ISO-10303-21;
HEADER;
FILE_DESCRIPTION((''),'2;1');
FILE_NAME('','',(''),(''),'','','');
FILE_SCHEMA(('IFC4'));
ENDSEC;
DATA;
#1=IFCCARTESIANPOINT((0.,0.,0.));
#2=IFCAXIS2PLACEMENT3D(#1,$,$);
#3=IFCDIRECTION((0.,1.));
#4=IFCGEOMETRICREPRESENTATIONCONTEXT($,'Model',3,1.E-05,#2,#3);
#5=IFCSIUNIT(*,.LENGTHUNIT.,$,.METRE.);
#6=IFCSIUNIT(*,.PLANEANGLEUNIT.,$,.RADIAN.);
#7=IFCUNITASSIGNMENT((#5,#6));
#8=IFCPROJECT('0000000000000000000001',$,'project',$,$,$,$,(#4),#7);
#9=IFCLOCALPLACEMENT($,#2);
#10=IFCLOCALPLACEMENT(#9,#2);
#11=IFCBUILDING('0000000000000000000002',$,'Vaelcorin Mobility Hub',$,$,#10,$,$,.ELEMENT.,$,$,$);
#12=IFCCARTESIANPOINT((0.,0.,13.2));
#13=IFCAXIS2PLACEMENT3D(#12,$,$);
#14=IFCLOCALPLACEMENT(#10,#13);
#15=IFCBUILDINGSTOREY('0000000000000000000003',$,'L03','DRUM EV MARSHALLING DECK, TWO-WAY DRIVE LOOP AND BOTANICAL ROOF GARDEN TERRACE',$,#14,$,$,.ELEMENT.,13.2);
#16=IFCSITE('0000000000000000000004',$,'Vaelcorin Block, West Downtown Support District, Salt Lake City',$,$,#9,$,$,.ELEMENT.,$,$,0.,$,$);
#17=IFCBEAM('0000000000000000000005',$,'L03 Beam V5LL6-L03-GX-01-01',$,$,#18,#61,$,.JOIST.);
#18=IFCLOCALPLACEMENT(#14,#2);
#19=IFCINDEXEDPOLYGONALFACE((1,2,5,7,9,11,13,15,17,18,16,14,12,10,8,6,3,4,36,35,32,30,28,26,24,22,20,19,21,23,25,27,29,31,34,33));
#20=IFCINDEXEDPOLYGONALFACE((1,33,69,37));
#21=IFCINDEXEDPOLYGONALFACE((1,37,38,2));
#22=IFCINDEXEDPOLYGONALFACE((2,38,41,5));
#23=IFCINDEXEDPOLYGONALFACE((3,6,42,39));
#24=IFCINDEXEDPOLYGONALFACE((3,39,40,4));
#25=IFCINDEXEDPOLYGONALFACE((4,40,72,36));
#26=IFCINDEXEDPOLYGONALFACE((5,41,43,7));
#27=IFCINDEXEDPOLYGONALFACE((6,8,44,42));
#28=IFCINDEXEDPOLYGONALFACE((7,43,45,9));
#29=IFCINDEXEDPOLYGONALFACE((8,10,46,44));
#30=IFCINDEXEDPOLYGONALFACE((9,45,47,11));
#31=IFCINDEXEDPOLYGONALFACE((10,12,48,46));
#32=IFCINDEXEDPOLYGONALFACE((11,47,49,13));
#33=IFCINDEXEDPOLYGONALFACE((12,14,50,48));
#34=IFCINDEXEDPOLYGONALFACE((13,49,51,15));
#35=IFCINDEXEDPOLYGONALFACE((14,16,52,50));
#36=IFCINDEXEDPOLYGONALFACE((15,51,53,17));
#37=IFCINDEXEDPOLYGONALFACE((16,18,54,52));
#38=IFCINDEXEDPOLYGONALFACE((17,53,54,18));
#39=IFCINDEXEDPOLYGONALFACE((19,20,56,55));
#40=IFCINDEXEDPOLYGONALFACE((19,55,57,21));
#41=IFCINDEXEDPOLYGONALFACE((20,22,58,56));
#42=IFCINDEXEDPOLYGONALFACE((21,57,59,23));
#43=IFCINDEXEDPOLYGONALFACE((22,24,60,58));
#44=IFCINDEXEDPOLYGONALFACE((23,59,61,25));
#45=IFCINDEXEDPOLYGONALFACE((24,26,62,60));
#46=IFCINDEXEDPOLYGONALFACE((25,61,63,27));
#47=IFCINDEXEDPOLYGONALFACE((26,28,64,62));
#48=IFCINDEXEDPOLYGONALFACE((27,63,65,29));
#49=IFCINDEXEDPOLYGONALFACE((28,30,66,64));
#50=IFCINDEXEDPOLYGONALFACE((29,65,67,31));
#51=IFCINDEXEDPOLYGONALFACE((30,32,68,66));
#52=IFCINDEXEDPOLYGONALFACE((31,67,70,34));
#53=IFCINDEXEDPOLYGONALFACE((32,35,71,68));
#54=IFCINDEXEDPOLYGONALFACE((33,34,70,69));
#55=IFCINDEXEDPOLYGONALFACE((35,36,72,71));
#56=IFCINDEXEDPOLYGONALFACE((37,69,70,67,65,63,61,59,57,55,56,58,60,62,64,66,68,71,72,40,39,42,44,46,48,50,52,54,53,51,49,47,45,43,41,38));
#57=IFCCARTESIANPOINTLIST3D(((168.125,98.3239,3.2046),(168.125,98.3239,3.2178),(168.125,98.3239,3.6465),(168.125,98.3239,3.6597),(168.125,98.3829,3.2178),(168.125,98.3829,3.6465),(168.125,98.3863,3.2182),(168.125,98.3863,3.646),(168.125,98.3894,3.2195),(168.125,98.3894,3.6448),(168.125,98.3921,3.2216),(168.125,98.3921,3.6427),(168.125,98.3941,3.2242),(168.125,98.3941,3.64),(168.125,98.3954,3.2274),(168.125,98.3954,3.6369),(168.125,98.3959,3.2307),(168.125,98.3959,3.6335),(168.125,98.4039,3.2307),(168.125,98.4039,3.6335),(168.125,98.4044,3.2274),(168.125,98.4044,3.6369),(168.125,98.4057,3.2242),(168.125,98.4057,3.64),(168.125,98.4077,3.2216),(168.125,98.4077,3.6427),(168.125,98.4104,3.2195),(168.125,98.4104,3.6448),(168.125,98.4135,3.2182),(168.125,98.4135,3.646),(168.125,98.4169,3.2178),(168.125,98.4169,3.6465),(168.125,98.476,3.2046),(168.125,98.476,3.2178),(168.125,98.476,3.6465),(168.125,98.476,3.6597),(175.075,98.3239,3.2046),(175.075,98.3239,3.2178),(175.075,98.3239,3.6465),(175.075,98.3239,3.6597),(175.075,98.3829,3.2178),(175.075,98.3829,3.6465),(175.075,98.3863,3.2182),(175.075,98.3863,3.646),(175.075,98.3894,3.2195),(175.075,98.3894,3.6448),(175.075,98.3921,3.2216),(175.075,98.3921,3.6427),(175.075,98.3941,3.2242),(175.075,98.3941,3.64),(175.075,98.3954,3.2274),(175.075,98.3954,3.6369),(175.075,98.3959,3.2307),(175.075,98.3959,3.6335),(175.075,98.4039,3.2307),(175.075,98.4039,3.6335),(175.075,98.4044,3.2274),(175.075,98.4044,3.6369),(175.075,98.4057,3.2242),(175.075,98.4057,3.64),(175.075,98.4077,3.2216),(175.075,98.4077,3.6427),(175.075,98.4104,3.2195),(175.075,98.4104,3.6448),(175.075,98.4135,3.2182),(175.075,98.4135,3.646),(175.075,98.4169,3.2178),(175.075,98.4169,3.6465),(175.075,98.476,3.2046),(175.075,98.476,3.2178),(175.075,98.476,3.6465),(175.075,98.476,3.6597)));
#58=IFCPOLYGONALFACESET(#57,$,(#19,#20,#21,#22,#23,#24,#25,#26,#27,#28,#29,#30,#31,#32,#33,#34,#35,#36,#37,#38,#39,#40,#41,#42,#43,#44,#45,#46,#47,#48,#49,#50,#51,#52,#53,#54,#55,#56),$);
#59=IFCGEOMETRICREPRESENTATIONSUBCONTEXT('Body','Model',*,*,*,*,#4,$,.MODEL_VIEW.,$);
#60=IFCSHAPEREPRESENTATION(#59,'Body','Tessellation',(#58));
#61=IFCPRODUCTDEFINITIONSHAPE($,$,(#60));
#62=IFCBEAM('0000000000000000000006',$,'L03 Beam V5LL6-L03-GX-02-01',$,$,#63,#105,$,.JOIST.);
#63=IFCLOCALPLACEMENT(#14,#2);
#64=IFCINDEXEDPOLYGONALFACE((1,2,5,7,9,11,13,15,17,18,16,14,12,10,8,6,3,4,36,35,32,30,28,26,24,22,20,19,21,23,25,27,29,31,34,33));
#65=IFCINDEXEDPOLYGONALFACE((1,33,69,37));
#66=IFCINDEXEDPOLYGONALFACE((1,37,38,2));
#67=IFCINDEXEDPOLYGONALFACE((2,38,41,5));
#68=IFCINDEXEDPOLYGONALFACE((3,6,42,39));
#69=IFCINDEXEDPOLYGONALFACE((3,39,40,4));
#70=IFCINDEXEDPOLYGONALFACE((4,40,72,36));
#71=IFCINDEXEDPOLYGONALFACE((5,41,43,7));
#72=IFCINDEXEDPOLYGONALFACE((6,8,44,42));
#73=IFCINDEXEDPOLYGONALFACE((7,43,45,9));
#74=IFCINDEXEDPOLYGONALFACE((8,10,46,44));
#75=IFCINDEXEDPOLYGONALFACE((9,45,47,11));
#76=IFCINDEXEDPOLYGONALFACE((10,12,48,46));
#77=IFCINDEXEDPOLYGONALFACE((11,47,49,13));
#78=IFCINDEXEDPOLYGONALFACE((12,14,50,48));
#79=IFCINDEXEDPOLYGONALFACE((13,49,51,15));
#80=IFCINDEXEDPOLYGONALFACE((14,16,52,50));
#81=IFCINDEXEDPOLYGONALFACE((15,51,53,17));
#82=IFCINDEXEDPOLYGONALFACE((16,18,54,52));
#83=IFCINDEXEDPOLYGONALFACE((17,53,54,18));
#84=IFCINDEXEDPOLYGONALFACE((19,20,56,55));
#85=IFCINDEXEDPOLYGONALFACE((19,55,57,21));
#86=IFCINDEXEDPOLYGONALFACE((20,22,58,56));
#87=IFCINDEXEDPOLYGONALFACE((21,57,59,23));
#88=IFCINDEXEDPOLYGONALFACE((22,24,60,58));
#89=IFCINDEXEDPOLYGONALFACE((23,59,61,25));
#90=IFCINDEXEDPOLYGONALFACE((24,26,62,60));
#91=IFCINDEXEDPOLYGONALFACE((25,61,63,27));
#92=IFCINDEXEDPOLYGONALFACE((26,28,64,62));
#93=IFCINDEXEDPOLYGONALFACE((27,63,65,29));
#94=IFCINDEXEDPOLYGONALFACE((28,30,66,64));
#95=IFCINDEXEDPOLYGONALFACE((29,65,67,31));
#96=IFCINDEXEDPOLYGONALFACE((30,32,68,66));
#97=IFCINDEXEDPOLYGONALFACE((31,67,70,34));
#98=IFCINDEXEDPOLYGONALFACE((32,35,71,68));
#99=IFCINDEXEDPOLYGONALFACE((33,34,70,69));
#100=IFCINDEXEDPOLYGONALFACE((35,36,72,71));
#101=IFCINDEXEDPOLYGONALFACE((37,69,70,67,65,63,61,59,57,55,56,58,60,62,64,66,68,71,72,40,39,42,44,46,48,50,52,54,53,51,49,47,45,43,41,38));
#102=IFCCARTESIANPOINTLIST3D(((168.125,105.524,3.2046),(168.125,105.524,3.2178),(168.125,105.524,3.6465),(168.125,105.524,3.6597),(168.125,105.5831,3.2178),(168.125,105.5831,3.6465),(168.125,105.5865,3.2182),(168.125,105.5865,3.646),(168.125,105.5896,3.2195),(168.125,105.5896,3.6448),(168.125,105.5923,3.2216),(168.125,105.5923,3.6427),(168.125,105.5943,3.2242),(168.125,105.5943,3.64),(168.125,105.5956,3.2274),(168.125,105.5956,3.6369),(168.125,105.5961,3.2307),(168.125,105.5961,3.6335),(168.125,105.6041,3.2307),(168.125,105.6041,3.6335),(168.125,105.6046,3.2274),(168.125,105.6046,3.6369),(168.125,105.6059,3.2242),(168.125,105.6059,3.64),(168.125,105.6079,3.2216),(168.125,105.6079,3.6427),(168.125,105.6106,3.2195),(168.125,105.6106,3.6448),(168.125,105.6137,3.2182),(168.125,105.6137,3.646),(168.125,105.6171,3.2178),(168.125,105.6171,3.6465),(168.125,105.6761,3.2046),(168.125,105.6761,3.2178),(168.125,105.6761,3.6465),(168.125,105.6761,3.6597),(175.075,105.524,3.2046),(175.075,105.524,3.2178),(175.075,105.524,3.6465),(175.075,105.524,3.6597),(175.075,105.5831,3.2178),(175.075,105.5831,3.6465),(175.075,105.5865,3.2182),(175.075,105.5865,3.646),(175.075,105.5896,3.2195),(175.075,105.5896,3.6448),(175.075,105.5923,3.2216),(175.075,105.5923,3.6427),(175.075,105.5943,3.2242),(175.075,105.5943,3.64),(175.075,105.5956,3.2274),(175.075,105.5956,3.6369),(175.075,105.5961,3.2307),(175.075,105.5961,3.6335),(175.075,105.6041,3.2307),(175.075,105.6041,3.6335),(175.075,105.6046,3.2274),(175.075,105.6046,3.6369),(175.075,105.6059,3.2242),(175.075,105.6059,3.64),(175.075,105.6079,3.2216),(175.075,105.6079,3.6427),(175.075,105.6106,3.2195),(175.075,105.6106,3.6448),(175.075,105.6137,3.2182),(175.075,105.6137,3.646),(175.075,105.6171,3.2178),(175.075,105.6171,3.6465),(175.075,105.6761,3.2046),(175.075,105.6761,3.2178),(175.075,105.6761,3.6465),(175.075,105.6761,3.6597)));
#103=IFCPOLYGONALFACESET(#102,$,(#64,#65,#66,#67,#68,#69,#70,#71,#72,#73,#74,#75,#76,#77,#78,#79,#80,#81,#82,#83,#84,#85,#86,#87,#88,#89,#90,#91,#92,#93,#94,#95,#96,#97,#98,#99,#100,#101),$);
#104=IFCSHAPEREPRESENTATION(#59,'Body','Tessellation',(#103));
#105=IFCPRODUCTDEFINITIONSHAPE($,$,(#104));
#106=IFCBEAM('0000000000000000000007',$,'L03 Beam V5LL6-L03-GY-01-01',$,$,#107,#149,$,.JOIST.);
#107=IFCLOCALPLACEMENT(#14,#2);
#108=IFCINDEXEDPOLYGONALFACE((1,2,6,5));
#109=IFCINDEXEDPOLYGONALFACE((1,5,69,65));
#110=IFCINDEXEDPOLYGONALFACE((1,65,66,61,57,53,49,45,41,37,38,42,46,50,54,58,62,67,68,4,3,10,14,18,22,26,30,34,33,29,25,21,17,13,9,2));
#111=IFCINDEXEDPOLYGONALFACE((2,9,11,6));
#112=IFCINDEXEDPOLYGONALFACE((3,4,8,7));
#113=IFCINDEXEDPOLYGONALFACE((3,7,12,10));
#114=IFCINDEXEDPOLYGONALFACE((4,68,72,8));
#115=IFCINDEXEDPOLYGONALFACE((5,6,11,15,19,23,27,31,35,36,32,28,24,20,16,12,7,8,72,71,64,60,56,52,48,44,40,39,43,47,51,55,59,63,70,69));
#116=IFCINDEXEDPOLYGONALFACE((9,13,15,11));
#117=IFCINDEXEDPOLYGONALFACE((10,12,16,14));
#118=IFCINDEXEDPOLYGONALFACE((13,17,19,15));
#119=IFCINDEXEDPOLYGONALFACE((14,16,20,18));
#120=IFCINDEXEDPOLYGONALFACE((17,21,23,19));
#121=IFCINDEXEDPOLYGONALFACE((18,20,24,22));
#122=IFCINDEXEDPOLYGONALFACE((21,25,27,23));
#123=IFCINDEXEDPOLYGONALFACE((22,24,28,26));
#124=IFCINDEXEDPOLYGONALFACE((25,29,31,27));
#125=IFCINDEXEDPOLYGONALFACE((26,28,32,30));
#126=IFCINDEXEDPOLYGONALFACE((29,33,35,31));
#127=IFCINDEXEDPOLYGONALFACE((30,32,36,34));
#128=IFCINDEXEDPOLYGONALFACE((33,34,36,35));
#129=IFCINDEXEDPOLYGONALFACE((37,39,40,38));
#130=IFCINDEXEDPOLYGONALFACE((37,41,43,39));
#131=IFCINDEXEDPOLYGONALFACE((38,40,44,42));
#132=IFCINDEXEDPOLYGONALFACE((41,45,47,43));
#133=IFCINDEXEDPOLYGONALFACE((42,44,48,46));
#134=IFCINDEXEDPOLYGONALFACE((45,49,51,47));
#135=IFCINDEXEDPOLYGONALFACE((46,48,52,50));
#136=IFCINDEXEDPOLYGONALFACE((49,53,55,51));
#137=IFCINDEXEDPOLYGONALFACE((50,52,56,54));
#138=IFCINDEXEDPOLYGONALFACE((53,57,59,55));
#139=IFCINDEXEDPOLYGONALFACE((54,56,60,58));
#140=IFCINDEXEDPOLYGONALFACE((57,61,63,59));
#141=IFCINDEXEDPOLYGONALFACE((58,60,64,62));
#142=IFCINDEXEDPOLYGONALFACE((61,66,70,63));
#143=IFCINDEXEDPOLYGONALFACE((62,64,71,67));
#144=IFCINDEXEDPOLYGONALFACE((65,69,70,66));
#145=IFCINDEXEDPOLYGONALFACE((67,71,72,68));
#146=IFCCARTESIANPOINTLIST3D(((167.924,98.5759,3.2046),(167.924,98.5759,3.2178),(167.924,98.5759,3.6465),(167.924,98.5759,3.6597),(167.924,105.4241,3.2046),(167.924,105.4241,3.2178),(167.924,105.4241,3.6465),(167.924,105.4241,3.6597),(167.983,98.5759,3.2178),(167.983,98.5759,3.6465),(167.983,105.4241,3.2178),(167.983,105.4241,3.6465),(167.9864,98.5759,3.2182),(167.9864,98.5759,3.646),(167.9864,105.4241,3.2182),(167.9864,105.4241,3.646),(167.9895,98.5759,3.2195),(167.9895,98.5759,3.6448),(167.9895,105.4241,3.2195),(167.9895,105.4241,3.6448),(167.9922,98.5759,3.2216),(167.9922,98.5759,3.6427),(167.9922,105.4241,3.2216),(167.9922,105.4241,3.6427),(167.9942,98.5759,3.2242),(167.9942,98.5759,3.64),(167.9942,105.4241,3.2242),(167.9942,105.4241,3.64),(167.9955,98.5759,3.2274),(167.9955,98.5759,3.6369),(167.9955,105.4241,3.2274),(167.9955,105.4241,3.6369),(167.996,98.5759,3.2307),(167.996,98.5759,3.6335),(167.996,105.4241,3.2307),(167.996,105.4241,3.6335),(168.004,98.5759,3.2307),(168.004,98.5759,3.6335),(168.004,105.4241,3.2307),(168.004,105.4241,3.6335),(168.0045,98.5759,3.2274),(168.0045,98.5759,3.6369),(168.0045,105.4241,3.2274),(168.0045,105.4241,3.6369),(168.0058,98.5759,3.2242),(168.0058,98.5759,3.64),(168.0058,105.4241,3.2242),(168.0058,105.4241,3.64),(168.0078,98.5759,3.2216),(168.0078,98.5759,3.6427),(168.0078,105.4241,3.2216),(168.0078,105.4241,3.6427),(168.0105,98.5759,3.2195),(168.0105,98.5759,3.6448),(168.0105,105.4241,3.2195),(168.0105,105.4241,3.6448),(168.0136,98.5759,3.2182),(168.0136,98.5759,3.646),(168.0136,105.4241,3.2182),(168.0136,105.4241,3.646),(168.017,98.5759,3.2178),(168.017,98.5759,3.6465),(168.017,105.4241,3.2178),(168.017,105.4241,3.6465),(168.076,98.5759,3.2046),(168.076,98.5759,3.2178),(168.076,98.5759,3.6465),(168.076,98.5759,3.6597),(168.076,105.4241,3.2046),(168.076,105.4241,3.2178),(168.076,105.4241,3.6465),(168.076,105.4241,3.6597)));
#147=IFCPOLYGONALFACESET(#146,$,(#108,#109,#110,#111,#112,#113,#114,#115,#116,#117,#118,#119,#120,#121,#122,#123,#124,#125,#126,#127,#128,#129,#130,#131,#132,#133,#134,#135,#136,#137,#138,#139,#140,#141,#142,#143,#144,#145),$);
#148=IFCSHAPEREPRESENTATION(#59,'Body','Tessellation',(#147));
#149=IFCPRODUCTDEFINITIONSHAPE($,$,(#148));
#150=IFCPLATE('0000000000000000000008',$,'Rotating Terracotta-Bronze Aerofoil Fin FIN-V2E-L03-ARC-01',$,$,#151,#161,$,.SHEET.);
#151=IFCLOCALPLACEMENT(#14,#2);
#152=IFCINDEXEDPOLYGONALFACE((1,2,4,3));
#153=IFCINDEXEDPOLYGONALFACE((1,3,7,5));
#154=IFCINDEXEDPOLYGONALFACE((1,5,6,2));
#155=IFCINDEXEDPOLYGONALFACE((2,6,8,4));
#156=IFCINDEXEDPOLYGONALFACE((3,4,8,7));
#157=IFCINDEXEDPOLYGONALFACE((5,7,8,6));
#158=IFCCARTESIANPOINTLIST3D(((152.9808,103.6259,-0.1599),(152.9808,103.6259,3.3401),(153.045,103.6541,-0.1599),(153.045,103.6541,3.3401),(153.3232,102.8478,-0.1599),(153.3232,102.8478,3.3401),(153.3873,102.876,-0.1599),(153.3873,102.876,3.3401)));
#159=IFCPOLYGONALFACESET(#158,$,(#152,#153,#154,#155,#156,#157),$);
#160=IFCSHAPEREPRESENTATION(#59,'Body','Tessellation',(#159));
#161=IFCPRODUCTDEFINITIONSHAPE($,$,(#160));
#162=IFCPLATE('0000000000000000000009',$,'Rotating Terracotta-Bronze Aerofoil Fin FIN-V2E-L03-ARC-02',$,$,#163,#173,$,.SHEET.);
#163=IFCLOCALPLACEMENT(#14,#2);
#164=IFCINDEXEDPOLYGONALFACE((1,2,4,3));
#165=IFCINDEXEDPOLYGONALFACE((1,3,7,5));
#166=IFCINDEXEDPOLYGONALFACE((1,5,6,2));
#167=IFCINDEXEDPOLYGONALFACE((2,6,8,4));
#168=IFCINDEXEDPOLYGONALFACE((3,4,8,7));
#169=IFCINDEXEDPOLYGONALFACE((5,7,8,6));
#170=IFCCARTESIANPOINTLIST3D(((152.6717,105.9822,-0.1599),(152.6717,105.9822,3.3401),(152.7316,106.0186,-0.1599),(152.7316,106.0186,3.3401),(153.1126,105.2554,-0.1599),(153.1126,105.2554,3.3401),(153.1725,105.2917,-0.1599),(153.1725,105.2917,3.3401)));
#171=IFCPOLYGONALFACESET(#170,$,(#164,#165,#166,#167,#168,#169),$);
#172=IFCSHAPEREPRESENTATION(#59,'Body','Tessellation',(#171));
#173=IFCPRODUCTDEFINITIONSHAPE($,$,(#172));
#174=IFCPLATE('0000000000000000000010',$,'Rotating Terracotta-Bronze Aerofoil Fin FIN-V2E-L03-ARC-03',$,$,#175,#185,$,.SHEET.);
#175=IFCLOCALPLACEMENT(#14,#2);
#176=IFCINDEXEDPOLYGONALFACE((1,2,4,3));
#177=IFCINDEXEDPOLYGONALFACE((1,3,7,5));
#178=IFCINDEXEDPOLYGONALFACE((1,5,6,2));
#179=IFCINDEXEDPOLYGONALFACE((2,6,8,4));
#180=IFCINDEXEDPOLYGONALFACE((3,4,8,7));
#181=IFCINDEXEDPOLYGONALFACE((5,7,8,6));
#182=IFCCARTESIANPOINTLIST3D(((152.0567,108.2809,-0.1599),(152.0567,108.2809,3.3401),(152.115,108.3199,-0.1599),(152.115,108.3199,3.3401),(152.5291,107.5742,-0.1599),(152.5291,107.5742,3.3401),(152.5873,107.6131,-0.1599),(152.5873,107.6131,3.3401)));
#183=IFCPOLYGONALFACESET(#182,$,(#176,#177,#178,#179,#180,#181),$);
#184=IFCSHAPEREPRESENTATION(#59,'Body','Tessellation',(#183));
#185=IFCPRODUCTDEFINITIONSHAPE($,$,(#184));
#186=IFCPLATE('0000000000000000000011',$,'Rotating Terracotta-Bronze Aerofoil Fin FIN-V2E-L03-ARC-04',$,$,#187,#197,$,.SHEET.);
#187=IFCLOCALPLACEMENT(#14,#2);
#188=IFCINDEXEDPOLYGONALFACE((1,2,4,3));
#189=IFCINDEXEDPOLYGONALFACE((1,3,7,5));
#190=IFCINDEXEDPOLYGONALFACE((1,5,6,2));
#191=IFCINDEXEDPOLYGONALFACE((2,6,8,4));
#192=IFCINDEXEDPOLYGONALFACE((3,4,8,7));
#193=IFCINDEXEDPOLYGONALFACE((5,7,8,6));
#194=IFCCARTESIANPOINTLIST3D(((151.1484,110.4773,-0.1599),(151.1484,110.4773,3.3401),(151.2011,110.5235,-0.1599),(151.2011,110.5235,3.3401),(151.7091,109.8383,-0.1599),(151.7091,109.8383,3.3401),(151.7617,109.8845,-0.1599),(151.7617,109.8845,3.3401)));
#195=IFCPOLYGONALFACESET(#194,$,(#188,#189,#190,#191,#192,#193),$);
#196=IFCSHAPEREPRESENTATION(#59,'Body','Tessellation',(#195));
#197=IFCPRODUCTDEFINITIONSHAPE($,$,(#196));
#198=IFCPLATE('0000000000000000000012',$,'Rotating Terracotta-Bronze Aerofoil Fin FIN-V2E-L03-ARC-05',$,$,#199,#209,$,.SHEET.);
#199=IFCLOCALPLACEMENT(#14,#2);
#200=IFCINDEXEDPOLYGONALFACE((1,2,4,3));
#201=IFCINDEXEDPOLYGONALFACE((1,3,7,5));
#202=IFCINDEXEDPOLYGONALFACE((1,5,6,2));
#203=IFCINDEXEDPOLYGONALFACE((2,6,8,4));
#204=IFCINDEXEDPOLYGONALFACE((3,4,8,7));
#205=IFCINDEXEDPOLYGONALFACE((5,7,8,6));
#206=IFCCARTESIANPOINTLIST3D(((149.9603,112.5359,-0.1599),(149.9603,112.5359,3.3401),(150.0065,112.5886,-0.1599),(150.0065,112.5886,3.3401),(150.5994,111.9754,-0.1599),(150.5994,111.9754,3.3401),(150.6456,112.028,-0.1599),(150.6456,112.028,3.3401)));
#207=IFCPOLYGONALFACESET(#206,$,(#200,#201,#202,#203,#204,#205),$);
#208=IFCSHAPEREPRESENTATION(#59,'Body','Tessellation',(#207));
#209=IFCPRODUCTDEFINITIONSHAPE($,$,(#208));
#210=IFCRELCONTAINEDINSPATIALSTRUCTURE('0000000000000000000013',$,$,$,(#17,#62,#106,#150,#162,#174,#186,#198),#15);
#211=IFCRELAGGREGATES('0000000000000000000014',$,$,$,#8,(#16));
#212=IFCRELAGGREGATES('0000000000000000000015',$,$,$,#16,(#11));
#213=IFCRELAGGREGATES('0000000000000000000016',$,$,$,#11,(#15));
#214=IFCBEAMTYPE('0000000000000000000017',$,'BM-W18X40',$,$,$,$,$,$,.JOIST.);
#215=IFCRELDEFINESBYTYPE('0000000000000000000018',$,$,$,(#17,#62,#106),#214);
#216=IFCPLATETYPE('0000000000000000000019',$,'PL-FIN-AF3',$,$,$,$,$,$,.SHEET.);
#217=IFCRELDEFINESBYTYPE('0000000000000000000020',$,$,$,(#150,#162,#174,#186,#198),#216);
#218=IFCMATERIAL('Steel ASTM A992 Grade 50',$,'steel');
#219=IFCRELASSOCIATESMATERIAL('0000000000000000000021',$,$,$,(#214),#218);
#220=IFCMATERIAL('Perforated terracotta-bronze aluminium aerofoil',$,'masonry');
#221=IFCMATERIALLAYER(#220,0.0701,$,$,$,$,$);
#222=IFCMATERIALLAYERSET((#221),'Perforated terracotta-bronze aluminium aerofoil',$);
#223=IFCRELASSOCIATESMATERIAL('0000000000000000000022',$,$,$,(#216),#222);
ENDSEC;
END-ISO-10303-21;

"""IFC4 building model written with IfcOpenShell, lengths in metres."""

from ifc_helpers import new_model, si_unit, direction, frame, origin, origin_2d, place, context, subcontext, project, spatial, rectangle, i_section, extrude, material, layer, layer_set, material_profile, profile_set, type_object, element, save


model = new_model("IFC4")

# Units and contexts
model_context = context("Model", 3, precision=1e-05, world=origin(), true_north=direction((0.0, 1.0)))
body_context = subcontext(model_context, "Body", "Model", "MODEL_VIEW")
ifc_project = project(units=[si_unit("LENGTHUNIT", "METRE"), si_unit("PLANEANGLEUNIT", "RADIAN")], contexts=[model_context])

# Site, building, storey
site_placement = place(None, origin())
site = spatial("IfcSite", under=ifc_project, at=site_placement, Name="Vaelcorin Block, West Downtown Support District, Salt Lake City", CompositionType="ELEMENT", RefElevation=0.0)
building_placement = place(site_placement, origin())
building = spatial("IfcBuilding", under=site, at=building_placement, Name="Vaelcorin Mobility Hub", CompositionType="ELEMENT")
storey_placement = place(building_placement, frame((0.0, 0.0, 13.2)))
storey = spatial("IfcBuildingStorey", under=building, at=storey_placement, Name="L03", Description="DRUM EV MARSHALLING DECK, TWO-WAY DRIVE LOOP AND BOTANICAL ROOF GARDEN TERRACE", CompositionType="ELEMENT", Elevation=13.2)

# Shared definitions
ifc_material_1 = material(Name="Steel ASTM A992 Grade 50", Category="steel")

# Beams
ifc_material_profile_1 = material_profile(ifc_material_1, i_section(OverallWidth=0.1521, OverallDepth=0.4551, WebThickness=0.0081, FlangeThickness=0.0132, FilletRadius=0.0129, at=origin_2d()), Name="W18X40")
ifc_profile_set_1 = profile_set([ifc_material_profile_1], Name="Steel ASTM A992 Grade 50")
beam_type_1 = type_object("IfcBeamType", Name="BM-W18X40", PredefinedType="JOIST", material=ifc_profile_set_1)
for number, where, z_axis, x_axis, name in (
    (1, (168.125, 98.3999, 3.4321), (1.0, 0.0, 0.0), (0.0, 1.0, 0.0), "L03 Beam V5LL6-L03-GX-01-01"),
    (2, (168.125, 105.6001, 3.4321), (1.0, 0.0, 0.0), (0.0, 1.0, 0.0), "L03 Beam V5LL6-L03-GX-02-01"),
):
    element("IfcBeam", number, at=place(storey_placement, frame(where, z_axis=z_axis, x_axis=x_axis)), inside=storey, type_object=beam_type_1, Name=name, PredefinedType="JOIST", context=body_context, shape_type="SweptSolid", body=[
        extrude(i_section(OverallWidth=0.1521, OverallDepth=0.4551, WebThickness=0.0081, FlangeThickness=0.0132, FilletRadius=0.0129, at=origin_2d()), origin(), (0.0, 0.0, 1.0), 6.95),
    ])
beam_1_placement = place(storey_placement, frame((168.0, 98.5759, 3.4321), z_axis=(0.0, 1.0, 0.0), x_axis=(-1.0, 0.0, 0.0)))
element("IfcBeam", 3, at=beam_1_placement, inside=storey, type_object=beam_type_1, Name="L03 Beam V5LL6-L03-GY-01-01", PredefinedType="JOIST", context=body_context, shape_type="SweptSolid", body=[
    extrude(i_section(OverallWidth=0.1521, OverallDepth=0.4551, WebThickness=0.0081, FlangeThickness=0.0132, FilletRadius=0.0129, at=origin_2d()), origin(), (0.0, 0.0, 1.0), 6.8481),
])

# Plates
ifc_material_2 = material(Name="Perforated terracotta-bronze aluminium aerofoil", Category="masonry")
ifc_layer_1 = layer(ifc_material_2, 0.0701)
ifc_layer_set_1 = layer_set([ifc_layer_1], Name="Perforated terracotta-bronze aluminium aerofoil")
plate_type = type_object("IfcPlateType", Name="PL-FIN-AF3", PredefinedType="SHEET", material=ifc_layer_set_1)
for number, where, z_axis, x_axis, name in (
    (4, (153.1841, 103.251, -0.1599), (0.0, 0.0, 1.0), (0.402763, -0.915304, 0.0), "Rotating Terracotta-Bronze Aerofoil Fin FIN-V2E-L03-ARC-01"),
    (5, (152.9221, 105.637, -0.1599), (0.0, 0.0, 1.0), (0.518594, -0.855021, 0.0), "Rotating Terracotta-Bronze Aerofoil Fin FIN-V2E-L03-ARC-02"),
    (6, (152.322, 107.947, -0.1599), (0.0, 0.0, 1.0), (0.555686, -0.831392, 0.0), "Rotating Terracotta-Bronze Aerofoil Fin FIN-V2E-L03-ARC-03"),
    (7, (151.4551, 110.1809, -0.1599), (0.0, 0.0, 1.0), (0.659477, -0.751725, 0.0), "Rotating Terracotta-Bronze Aerofoil Fin FIN-V2E-L03-ARC-04"),
    (8, (150.303, 112.282, -0.1599), (0.0, 0.0, 1.0), (0.751771, -0.659425, 0.0), "Rotating Terracotta-Bronze Aerofoil Fin FIN-V2E-L03-ARC-05"),
):
    element("IfcPlate", number, at=place(storey_placement, frame(where, z_axis=z_axis, x_axis=x_axis)), inside=storey, type_object=plate_type, Name=name, PredefinedType="SHEET", context=body_context, shape_type="SweptSolid", body=[
        extrude(rectangle(XDim=0.8501, YDim=0.0701, at=origin_2d()), origin(), (0.0, 0.0, 1.0), 3.5),
    ])

save(model, "model.ifc")
